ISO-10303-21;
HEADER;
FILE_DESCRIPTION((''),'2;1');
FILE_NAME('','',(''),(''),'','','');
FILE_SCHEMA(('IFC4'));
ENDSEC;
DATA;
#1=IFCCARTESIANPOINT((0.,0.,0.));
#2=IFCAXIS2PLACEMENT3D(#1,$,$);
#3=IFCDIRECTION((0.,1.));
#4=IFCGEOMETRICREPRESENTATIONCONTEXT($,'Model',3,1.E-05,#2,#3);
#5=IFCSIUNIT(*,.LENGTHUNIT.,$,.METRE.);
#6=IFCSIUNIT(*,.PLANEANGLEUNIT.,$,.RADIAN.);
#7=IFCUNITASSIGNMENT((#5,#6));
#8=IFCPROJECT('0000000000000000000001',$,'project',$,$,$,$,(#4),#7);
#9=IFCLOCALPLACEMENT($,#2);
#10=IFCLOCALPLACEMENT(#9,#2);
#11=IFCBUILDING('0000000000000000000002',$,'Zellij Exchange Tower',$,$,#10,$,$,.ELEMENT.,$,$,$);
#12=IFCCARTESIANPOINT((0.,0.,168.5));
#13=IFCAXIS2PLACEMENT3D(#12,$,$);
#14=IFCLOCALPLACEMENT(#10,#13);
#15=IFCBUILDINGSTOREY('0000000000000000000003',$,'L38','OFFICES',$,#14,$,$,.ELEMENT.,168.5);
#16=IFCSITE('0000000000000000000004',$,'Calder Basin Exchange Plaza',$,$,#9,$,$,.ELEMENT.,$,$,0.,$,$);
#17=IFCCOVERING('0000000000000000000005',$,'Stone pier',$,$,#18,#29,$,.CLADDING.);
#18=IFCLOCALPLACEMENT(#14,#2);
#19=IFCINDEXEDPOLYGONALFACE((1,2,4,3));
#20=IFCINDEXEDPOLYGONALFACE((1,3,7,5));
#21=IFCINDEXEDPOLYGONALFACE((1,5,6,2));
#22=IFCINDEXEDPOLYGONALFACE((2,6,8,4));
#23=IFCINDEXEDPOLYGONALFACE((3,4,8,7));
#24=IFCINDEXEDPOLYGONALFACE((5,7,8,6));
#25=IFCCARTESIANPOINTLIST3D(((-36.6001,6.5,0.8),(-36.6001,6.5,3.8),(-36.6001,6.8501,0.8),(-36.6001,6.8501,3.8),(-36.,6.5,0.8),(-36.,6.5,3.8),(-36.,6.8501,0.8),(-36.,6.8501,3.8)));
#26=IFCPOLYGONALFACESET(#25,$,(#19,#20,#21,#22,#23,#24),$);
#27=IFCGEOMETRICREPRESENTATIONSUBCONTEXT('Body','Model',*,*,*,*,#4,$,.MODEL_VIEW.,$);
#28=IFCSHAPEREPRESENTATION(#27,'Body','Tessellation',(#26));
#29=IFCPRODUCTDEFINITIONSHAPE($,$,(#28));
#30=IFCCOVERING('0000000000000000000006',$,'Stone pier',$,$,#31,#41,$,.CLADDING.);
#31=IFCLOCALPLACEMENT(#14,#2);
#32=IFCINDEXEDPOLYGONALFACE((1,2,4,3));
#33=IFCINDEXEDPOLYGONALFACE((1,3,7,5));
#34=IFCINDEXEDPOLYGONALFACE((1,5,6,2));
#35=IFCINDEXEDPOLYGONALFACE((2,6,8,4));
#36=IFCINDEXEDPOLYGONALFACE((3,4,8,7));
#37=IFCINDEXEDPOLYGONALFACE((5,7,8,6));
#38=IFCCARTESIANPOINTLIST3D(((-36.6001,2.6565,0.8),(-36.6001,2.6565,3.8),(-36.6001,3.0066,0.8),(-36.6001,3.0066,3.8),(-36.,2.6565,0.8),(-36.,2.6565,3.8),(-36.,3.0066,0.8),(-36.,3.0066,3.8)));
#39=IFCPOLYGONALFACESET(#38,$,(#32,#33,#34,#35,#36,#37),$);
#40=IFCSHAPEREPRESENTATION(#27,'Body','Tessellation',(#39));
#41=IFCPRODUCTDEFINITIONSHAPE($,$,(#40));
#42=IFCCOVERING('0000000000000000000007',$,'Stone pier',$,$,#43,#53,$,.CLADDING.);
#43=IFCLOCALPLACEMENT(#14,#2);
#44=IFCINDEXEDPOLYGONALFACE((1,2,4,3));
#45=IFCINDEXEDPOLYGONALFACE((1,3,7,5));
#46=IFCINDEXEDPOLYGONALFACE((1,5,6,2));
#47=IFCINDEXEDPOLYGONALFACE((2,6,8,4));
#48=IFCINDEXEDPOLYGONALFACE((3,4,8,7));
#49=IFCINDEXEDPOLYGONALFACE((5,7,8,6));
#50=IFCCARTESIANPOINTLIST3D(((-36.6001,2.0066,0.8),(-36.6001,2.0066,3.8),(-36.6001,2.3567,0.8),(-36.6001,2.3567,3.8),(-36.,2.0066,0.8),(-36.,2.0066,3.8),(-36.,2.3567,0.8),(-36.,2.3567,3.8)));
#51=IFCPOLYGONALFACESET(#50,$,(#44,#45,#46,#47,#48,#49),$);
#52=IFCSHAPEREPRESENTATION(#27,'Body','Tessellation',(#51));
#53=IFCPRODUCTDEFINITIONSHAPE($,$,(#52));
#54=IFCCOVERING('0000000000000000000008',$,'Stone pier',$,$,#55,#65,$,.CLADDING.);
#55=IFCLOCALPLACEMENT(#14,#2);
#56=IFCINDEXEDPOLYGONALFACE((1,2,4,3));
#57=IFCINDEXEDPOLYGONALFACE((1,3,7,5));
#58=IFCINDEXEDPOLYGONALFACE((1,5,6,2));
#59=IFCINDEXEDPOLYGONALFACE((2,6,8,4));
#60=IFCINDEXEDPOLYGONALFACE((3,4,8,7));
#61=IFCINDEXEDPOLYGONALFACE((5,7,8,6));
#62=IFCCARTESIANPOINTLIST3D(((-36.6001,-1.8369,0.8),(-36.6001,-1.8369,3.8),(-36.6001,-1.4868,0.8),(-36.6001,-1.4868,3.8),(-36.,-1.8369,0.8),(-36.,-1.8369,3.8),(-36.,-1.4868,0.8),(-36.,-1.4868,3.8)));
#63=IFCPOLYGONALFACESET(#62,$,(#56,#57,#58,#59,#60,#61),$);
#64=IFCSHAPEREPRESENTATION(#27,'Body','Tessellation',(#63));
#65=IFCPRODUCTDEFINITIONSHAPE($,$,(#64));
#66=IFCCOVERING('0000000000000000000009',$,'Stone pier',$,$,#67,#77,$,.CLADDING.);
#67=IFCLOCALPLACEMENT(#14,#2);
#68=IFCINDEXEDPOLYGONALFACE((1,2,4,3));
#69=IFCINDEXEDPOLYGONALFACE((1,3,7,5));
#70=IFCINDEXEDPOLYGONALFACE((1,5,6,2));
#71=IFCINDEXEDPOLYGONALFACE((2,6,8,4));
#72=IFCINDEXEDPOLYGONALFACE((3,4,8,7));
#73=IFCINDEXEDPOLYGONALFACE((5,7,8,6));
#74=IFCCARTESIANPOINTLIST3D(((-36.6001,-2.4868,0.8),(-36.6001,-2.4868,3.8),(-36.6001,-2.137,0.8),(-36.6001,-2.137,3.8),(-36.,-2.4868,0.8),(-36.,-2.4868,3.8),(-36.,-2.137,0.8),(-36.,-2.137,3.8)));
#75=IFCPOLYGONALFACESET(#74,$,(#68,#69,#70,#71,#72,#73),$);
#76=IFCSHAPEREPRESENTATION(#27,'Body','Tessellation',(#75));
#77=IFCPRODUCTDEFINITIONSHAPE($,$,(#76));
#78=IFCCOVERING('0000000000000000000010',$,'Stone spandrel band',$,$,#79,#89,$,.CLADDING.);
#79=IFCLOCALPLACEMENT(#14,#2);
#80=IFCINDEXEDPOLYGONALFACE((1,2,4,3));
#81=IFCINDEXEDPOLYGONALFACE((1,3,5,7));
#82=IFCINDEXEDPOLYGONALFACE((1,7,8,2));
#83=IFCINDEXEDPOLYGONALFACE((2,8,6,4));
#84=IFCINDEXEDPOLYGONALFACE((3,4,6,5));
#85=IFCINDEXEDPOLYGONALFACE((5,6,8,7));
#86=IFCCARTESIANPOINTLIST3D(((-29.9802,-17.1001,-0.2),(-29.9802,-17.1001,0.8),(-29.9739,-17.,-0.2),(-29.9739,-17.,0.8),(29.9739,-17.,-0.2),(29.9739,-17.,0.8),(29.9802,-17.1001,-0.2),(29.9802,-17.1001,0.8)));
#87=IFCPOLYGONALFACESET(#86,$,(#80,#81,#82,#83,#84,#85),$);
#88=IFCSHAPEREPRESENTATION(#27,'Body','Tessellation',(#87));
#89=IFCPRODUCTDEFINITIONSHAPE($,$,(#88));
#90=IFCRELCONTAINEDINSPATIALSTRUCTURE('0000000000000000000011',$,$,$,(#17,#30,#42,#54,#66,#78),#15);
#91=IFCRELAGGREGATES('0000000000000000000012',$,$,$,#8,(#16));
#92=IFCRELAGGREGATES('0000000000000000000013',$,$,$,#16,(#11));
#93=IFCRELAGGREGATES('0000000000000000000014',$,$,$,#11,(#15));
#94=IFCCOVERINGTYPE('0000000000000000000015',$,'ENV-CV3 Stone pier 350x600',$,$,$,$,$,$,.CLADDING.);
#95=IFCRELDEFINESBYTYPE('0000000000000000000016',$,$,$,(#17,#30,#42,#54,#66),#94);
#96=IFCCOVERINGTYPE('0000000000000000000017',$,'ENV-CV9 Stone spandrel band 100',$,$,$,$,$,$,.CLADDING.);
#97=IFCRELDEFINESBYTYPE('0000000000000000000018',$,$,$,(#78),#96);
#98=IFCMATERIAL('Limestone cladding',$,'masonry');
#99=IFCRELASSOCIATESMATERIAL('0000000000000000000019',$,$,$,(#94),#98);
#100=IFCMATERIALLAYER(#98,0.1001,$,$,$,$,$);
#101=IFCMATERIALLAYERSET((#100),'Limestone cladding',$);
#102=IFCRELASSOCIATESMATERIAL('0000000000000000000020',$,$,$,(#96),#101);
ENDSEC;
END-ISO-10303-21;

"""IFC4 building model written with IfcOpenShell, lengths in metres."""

from ifc_helpers import new_model, si_unit, direction, frame, origin, place, context, subcontext, project, spatial, polyline, outline, extrude, material, layer, layer_set, type_object, element, save


model = new_model("IFC4")

# Units and contexts
model_context = context("Model", 3, precision=1e-05, world=origin(), true_north=direction((0.0, 1.0)))
body_context = subcontext(model_context, "Body", "Model", "MODEL_VIEW")
ifc_project = project(units=[si_unit("LENGTHUNIT", "METRE"), si_unit("PLANEANGLEUNIT", "RADIAN")], contexts=[model_context])

# Site, building, storey
site_placement = place(None, origin())
site = spatial("IfcSite", under=ifc_project, at=site_placement, Name="Calder Basin Exchange Plaza", CompositionType="ELEMENT", RefElevation=0.0)
building_placement = place(site_placement, origin())
building = spatial("IfcBuilding", under=site, at=building_placement, Name="Zellij Exchange Tower", CompositionType="ELEMENT")
storey_placement = place(building_placement, frame((0.0, 0.0, 168.5)))
storey = spatial("IfcBuildingStorey", under=building, at=storey_placement, Name="L38", Description="OFFICES", CompositionType="ELEMENT", Elevation=168.5)

# Coverings
ifc_material = material(Name="Limestone cladding", Category="masonry")
covering_type_1 = type_object("IfcCoveringType", Name="ENV-CV3 Stone pier 350x600", PredefinedType="CLADDING", material=ifc_material)
covering_1_placement = place(storey_placement, frame((0.0, 0.0, 0.8)))
element("IfcCovering", 1, at=covering_1_placement, inside=storey, type_object=covering_type_1, Name="Stone pier", PredefinedType="CLADDING", context=body_context, shape_type="SweptSolid", body=[
    extrude(outline(polyline([(-36.0, 6.8501), (-36.0, 6.5), (-36.6001, 6.5), (-36.6001, 6.8501), (-36.0, 6.8501)])), origin(), (0.0, 0.0, 1.0), 3.0),
])
covering_2_placement = place(storey_placement, frame((0.0, 0.0, 0.8)))
element("IfcCovering", 2, at=covering_2_placement, inside=storey, type_object=covering_type_1, Name="Stone pier", PredefinedType="CLADDING", context=body_context, shape_type="SweptSolid", body=[
    extrude(outline(polyline([(-36.0, 3.0066), (-36.0, 2.6565), (-36.6001, 2.6565), (-36.6001, 3.0066), (-36.0, 3.0066)])), origin(), (0.0, 0.0, 1.0), 3.0),
])
covering_3_placement = place(storey_placement, frame((0.0, 0.0, 0.8)))
element("IfcCovering", 3, at=covering_3_placement, inside=storey, type_object=covering_type_1, Name="Stone pier", PredefinedType="CLADDING", context=body_context, shape_type="SweptSolid", body=[
    extrude(outline(polyline([(-36.0, 2.3567), (-36.0, 2.0066), (-36.6001, 2.0066), (-36.6001, 2.3567), (-36.0, 2.3567)])), origin(), (0.0, 0.0, 1.0), 3.0),
])
covering_4_placement = place(storey_placement, frame((0.0, 0.0, 0.8)))
element("IfcCovering", 4, at=covering_4_placement, inside=storey, type_object=covering_type_1, Name="Stone pier", PredefinedType="CLADDING", context=body_context, shape_type="SweptSolid", body=[
    extrude(outline(polyline([(-36.0, -1.4868), (-36.0, -1.8369), (-36.6001, -1.8369), (-36.6001, -1.4868), (-36.0, -1.4868)])), origin(), (0.0, 0.0, 1.0), 3.0),
])
covering_5_placement = place(storey_placement, frame((0.0, 0.0, 0.8)))
element("IfcCovering", 5, at=covering_5_placement, inside=storey, type_object=covering_type_1, Name="Stone pier", PredefinedType="CLADDING", context=body_context, shape_type="SweptSolid", body=[
    extrude(outline(polyline([(-36.0, -2.137), (-36.0, -2.4868), (-36.6001, -2.4868), (-36.6001, -2.137), (-36.0, -2.137)])), origin(), (0.0, 0.0, 1.0), 3.0),
])
ifc_layer = layer(ifc_material, 0.1001)
ifc_layer_set = layer_set([ifc_layer], Name="Limestone cladding")
covering_type_2 = type_object("IfcCoveringType", Name="ENV-CV9 Stone spandrel band 100", PredefinedType="CLADDING", material=ifc_layer_set)
covering_6_placement = place(storey_placement, frame((0.0, 0.0, -0.2)))
element("IfcCovering", 6, at=covering_6_placement, inside=storey, type_object=covering_type_2, Name="Stone spandrel band", PredefinedType="CLADDING", context=body_context, shape_type="SweptSolid", body=[
    extrude(outline(polyline([(-29.9739, -17.0), (29.9739, -17.0), (29.9802, -17.1001), (-29.9802, -17.1001), (-29.9739, -17.0)])), origin(), (0.0, 0.0, 1.0), 1.0),
])

save(model, "model.ifc")
